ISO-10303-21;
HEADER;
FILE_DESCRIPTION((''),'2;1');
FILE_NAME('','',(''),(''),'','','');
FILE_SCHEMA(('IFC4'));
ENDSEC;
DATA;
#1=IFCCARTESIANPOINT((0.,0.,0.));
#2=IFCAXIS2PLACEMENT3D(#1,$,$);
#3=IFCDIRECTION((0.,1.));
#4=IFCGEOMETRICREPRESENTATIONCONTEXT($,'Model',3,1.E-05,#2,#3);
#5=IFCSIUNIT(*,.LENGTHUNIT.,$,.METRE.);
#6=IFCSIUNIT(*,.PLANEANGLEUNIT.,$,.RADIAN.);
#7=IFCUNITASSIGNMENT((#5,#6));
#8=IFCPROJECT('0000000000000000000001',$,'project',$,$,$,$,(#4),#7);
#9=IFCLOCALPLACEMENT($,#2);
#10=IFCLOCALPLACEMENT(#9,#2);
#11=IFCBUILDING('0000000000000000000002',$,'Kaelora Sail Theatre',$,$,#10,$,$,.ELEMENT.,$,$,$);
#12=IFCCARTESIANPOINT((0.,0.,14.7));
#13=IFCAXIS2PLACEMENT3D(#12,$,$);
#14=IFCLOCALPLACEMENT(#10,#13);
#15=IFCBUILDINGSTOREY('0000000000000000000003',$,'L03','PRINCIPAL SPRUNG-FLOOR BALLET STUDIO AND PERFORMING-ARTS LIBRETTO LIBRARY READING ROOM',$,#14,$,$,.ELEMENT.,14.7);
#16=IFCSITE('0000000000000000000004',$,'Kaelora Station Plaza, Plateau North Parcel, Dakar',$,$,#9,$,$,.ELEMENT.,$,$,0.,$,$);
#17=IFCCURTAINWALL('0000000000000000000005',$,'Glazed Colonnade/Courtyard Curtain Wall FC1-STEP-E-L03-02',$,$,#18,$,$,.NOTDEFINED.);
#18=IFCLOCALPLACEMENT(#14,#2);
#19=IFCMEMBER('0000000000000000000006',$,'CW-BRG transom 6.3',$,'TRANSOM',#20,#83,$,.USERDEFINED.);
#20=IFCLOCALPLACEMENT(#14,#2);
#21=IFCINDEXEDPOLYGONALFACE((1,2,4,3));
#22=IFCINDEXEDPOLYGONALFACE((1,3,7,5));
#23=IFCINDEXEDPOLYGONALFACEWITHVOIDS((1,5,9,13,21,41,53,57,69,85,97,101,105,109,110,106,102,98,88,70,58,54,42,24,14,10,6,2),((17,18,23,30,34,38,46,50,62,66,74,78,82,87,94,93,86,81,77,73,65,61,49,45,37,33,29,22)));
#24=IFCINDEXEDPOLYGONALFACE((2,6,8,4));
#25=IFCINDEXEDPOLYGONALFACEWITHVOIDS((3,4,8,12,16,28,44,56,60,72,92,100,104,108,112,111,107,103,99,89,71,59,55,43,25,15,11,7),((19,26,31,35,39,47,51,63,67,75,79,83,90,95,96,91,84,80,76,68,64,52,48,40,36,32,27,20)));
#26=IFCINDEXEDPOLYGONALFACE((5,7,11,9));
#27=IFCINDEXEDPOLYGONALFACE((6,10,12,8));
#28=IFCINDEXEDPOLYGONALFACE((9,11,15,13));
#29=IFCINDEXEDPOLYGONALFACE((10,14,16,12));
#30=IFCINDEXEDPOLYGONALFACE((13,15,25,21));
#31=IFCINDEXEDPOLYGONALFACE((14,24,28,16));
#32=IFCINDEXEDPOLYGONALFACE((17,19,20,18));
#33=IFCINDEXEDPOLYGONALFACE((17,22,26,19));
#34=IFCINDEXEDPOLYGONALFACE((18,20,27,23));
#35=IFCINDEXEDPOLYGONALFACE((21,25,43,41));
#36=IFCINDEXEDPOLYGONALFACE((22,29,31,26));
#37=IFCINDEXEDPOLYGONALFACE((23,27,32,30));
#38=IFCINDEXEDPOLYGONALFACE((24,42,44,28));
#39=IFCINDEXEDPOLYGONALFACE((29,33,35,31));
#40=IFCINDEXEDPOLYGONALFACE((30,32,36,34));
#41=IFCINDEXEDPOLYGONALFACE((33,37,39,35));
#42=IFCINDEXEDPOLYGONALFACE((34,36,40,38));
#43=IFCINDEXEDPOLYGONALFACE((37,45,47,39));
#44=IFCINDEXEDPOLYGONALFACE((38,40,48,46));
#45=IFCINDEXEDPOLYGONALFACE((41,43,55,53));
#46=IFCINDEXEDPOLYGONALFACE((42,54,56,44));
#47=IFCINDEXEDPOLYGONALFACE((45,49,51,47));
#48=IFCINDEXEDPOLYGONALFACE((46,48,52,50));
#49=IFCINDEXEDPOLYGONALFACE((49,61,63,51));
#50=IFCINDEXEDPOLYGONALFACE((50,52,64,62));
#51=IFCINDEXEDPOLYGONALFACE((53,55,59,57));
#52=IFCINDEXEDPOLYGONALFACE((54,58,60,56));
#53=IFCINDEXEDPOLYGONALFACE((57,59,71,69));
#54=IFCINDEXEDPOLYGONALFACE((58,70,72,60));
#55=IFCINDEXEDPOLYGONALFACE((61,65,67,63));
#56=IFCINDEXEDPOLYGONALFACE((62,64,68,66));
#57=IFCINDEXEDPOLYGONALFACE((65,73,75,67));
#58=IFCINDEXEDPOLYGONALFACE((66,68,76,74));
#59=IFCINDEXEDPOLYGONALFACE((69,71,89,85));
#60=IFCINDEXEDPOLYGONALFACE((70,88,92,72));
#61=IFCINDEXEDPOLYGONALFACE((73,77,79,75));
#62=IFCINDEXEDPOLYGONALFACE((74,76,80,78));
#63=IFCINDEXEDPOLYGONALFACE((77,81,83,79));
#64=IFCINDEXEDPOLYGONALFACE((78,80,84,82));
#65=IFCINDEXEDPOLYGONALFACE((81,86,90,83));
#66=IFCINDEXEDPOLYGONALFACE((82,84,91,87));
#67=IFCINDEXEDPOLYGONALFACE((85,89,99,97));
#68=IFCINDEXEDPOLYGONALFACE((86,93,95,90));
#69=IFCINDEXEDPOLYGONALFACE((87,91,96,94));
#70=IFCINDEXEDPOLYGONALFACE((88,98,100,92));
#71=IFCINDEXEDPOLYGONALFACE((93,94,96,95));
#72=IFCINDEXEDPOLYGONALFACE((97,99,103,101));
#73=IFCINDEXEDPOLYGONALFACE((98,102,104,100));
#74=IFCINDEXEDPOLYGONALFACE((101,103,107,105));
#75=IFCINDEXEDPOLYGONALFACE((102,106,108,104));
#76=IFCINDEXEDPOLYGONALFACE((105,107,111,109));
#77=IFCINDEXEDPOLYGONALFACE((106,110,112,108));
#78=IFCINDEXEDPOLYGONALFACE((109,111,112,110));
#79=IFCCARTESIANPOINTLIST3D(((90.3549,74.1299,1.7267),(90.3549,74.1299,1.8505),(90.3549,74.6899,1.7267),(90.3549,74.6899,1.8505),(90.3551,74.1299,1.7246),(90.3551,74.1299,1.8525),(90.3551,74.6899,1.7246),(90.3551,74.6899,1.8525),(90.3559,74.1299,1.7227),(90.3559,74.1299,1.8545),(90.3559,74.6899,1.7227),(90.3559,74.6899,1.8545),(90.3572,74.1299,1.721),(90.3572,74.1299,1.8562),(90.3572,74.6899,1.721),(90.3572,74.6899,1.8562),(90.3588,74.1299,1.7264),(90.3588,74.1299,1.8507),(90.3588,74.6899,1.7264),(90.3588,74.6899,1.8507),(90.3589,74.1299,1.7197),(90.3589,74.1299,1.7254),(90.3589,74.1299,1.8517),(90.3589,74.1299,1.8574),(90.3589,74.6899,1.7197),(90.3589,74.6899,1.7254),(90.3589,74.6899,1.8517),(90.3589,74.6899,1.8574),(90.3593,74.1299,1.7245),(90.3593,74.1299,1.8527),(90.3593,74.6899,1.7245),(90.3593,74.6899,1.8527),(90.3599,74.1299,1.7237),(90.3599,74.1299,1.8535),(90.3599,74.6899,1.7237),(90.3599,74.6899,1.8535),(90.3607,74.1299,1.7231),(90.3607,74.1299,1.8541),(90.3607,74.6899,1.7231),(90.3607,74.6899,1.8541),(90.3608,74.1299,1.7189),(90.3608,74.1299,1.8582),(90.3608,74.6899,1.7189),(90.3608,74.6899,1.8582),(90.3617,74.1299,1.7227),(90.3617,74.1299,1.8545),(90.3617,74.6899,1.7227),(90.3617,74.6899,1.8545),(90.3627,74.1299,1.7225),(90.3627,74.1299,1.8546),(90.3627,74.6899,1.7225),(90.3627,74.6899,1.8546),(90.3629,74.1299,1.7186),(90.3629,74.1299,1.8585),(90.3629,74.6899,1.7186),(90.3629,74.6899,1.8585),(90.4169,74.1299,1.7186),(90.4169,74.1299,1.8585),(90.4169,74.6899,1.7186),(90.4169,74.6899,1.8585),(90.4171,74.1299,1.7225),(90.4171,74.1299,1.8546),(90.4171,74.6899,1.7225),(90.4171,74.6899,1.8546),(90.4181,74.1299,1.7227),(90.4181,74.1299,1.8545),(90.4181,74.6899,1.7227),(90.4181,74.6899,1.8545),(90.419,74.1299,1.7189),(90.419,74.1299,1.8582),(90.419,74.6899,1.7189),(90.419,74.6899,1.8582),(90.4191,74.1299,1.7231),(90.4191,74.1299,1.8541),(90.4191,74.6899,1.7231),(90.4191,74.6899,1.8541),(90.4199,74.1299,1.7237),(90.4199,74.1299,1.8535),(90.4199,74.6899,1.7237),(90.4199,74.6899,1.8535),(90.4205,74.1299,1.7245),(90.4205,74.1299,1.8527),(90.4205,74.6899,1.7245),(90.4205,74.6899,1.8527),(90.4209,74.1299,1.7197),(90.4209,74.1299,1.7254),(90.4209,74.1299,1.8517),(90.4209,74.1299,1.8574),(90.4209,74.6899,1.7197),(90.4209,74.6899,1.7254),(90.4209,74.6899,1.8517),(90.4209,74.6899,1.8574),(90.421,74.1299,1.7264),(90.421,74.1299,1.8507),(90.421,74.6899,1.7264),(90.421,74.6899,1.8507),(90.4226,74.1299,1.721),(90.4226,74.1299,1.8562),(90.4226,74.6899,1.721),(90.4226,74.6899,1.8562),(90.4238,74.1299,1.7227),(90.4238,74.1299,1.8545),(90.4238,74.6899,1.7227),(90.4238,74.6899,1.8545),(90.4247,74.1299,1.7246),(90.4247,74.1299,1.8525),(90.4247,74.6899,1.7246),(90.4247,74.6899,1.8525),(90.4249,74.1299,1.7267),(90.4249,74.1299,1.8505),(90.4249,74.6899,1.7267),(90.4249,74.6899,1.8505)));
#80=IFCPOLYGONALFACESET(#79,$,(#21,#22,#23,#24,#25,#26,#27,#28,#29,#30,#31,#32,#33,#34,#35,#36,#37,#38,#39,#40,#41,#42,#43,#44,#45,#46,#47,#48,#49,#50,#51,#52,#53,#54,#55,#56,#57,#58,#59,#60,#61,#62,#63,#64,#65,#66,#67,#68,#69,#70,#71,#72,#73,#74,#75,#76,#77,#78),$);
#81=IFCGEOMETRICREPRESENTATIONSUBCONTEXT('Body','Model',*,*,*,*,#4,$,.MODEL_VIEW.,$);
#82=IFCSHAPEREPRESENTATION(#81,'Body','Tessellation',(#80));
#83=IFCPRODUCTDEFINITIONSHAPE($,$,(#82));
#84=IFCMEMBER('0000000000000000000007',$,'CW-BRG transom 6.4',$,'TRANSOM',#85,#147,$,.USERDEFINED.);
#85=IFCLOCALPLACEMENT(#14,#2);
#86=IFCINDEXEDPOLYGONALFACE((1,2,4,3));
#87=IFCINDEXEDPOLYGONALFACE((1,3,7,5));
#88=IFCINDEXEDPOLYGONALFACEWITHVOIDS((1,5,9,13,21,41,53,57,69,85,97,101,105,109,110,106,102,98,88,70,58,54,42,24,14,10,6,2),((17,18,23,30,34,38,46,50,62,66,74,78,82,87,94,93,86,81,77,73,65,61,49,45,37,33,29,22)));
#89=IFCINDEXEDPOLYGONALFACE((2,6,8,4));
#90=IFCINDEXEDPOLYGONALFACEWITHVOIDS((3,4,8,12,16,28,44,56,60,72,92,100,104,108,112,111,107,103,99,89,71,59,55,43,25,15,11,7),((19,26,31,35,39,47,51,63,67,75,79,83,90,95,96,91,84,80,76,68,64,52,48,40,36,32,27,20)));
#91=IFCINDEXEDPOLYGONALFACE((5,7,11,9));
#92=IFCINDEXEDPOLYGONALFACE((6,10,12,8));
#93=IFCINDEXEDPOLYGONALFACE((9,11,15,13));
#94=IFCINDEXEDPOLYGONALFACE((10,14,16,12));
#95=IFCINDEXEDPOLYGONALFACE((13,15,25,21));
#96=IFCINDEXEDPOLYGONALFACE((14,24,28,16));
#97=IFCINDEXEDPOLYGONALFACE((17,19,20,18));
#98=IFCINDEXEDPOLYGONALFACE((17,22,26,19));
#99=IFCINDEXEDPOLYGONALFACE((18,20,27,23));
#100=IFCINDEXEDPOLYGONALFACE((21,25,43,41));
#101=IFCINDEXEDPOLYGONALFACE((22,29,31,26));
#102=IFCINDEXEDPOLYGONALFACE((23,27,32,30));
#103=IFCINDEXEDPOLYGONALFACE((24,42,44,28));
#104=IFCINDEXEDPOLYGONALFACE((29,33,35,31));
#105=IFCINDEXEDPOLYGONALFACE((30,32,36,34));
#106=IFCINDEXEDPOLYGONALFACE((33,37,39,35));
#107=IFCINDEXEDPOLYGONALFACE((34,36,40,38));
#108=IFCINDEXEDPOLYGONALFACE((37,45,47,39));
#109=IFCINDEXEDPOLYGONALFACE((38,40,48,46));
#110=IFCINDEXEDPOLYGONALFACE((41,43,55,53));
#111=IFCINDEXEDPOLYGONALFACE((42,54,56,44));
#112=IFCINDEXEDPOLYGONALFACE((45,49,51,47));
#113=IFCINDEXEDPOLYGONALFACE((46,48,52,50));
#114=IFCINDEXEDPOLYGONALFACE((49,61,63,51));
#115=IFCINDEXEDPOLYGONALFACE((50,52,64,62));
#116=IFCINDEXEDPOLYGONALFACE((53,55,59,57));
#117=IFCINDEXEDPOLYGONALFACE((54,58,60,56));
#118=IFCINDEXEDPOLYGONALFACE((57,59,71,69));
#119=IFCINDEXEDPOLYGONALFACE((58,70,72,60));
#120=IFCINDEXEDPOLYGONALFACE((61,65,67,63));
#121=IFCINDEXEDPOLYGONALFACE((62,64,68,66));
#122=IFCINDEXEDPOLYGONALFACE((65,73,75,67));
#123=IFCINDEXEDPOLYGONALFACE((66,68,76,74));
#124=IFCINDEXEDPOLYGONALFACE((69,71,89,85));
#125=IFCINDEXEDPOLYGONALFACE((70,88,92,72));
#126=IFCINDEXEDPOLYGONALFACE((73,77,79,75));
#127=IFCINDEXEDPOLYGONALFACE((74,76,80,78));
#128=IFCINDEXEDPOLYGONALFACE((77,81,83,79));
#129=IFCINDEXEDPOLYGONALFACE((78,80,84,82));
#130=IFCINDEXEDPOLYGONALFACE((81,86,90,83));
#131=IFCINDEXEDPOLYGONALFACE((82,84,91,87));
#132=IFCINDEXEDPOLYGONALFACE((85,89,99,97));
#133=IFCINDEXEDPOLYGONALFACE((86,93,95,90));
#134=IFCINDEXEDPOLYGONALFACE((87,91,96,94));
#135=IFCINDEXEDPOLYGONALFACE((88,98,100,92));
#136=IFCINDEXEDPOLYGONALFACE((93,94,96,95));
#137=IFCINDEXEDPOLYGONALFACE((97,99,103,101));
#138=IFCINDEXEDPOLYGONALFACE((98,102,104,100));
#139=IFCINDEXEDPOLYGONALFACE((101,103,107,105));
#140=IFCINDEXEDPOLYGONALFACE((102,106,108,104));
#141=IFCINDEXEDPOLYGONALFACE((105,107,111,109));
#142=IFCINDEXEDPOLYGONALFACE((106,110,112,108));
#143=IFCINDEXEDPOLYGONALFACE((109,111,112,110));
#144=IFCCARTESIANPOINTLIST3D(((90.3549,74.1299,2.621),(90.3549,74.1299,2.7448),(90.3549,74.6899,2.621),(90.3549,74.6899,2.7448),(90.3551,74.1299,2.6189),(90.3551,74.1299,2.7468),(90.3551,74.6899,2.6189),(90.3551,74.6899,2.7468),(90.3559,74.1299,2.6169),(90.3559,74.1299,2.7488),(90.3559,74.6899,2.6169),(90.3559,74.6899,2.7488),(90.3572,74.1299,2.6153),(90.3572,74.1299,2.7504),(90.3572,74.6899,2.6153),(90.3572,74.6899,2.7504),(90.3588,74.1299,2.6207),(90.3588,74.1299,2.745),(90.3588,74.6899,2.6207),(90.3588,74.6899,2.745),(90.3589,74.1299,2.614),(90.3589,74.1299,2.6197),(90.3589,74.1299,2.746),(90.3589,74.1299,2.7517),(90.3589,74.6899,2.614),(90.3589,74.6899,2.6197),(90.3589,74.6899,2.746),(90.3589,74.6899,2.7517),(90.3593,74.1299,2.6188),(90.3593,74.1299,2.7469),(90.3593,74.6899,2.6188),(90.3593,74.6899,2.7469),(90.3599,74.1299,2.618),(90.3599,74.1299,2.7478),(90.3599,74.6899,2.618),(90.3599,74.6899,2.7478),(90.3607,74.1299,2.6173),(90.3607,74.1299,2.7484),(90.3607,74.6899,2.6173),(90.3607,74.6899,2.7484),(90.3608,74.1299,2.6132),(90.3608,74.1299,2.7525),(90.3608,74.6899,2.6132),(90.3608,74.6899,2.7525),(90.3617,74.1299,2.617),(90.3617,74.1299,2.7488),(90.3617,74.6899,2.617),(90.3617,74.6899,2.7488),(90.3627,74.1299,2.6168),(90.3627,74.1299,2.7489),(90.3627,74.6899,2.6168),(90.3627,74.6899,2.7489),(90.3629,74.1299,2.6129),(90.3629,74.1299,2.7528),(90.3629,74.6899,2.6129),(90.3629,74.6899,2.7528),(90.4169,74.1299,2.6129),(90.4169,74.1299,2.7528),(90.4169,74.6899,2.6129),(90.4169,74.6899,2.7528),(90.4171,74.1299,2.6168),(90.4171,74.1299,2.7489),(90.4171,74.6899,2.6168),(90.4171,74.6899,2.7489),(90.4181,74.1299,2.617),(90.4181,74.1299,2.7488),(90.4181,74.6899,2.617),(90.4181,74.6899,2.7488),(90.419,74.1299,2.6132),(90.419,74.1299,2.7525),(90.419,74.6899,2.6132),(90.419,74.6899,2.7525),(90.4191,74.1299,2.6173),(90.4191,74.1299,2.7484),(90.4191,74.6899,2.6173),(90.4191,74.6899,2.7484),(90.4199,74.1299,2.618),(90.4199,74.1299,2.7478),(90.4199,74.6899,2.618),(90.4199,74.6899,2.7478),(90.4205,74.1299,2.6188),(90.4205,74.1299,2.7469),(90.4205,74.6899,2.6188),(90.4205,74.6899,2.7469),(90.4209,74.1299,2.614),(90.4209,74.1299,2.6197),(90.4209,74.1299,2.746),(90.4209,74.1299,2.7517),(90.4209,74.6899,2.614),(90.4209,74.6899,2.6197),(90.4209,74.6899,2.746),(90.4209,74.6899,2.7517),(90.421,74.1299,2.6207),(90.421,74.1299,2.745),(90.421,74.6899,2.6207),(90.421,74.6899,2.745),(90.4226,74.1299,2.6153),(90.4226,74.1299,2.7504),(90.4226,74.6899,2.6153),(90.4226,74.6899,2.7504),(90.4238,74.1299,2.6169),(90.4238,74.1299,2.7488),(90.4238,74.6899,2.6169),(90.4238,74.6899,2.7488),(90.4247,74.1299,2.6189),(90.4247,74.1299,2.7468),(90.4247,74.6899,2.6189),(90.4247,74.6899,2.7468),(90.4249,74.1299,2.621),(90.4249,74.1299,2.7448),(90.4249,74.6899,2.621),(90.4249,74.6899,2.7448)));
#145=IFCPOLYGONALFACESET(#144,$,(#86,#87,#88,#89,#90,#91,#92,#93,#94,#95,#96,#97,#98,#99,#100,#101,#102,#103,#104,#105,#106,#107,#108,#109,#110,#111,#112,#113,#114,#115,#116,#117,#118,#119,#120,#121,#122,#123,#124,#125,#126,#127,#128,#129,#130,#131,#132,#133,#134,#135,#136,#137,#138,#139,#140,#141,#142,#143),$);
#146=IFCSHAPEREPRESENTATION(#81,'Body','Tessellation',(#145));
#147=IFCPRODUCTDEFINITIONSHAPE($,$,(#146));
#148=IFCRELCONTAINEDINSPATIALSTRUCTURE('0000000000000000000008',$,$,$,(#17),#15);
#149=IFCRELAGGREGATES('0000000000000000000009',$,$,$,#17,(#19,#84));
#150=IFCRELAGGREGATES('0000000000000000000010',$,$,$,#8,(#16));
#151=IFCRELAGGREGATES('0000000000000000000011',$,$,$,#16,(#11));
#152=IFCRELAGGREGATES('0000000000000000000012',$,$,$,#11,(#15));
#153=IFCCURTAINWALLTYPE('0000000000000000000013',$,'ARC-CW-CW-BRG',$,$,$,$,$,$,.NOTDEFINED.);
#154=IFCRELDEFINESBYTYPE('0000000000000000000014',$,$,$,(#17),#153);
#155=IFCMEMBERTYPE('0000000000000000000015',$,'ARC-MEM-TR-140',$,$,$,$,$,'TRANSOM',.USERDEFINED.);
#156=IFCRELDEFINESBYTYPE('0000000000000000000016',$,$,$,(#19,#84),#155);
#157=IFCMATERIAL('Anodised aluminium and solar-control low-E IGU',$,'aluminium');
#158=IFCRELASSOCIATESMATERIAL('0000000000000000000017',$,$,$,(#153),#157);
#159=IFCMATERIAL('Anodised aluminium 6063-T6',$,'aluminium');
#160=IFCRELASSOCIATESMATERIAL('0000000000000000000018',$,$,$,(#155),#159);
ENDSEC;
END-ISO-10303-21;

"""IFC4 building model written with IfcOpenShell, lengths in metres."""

from ifc_helpers import new_model, si_unit, direction, frame, origin, origin_2d, place, context, subcontext, project, spatial, hollow_rectangle, extrude, material, material_profile, profile_set, type_object, element, aggregate, save


model = new_model("IFC4")

# Units and contexts
model_context = context("Model", 3, precision=1e-05, world=origin(), true_north=direction((0.0, 1.0)))
body_context = subcontext(model_context, "Body", "Model", "MODEL_VIEW")
ifc_project = project(units=[si_unit("LENGTHUNIT", "METRE"), si_unit("PLANEANGLEUNIT", "RADIAN")], contexts=[model_context])

# Site, building, storey
site_placement = place(None, origin())
site = spatial("IfcSite", under=ifc_project, at=site_placement, Name="Kaelora Station Plaza, Plateau North Parcel, Dakar", CompositionType="ELEMENT", RefElevation=0.0)
building_placement = place(site_placement, origin())
building = spatial("IfcBuilding", under=site, at=building_placement, Name="Kaelora Sail Theatre", CompositionType="ELEMENT")
storey_placement = place(building_placement, frame((0.0, 0.0, 14.7)))
storey = spatial("IfcBuildingStorey", under=building, at=storey_placement, Name="L03", Description="PRINCIPAL SPRUNG-FLOOR BALLET STUDIO AND PERFORMING-ARTS LIBRETTO LIBRARY READING ROOM", CompositionType="ELEMENT", Elevation=14.7)

# Curtain wall
ifc_material_1 = material(Name="Anodised aluminium and solar-control low-E IGU", Category="aluminium")
curtain_wall_type = type_object("IfcCurtainWallType", Name="ARC-CW-CW-BRG", PredefinedType="NOTDEFINED", material=ifc_material_1)
curtain_wall_1_placement = place(storey_placement, origin())
curtain_wall_1 = element("IfcCurtainWall", 1, at=curtain_wall_1_placement, inside=storey, type_object=curtain_wall_type, Name="Glazed Colonnade/Courtyard Curtain Wall FC1-STEP-E-L03-02", PredefinedType="NOTDEFINED")

# Members
ifc_material_2 = material(Name="Anodised aluminium 6063-T6", Category="aluminium")
ifc_material_profile_1 = material_profile(ifc_material_2, hollow_rectangle(XDim=0.0701, YDim=0.1399, WallThickness=0.0039, InnerFilletRadius=0.0039, OuterFilletRadius=0.0081, at=origin_2d()), Name="ALU-TRAN 70x140x4")
ifc_profile_set_1 = profile_set([ifc_material_profile_1], Name="Anodised aluminium 6063-T6")
member_type_1 = type_object("IfcMemberType", Name="ARC-MEM-TR-140", ElementType="TRANSOM", PredefinedType="USERDEFINED", material=ifc_profile_set_1)
member_1_placement = place(storey_placement, frame((90.3899, 74.1299, 1.7886), z_axis=(0.0, 1.0, 0.0), x_axis=(-1.0, 0.0, 0.0)))
member_1 = element("IfcMember", 2, at=member_1_placement, type_object=member_type_1, Name="CW-BRG transom 6.3", ObjectType="TRANSOM", PredefinedType="USERDEFINED", context=body_context, shape_type="SweptSolid", body=[
    extrude(hollow_rectangle(XDim=0.0701, YDim=0.1399, WallThickness=0.0039, InnerFilletRadius=0.0039, OuterFilletRadius=0.0081, at=origin_2d()), origin(), (0.0, 0.0, 1.0), 0.5601),
])
member_2_placement = place(storey_placement, frame((90.3899, 74.1299, 2.6829), z_axis=(0.0, 1.0, 0.0), x_axis=(-1.0, 0.0, 0.0)))
member_2 = element("IfcMember", 3, at=member_2_placement, type_object=member_type_1, Name="CW-BRG transom 6.4", ObjectType="TRANSOM", PredefinedType="USERDEFINED", context=body_context, shape_type="SweptSolid", body=[
    extrude(hollow_rectangle(XDim=0.0701, YDim=0.1399, WallThickness=0.0039, InnerFilletRadius=0.0039, OuterFilletRadius=0.0081, at=origin_2d()), origin(), (0.0, 0.0, 1.0), 0.5601),
])

aggregate(curtain_wall_1, [member_1, member_2])

save(model, "model.ifc")
